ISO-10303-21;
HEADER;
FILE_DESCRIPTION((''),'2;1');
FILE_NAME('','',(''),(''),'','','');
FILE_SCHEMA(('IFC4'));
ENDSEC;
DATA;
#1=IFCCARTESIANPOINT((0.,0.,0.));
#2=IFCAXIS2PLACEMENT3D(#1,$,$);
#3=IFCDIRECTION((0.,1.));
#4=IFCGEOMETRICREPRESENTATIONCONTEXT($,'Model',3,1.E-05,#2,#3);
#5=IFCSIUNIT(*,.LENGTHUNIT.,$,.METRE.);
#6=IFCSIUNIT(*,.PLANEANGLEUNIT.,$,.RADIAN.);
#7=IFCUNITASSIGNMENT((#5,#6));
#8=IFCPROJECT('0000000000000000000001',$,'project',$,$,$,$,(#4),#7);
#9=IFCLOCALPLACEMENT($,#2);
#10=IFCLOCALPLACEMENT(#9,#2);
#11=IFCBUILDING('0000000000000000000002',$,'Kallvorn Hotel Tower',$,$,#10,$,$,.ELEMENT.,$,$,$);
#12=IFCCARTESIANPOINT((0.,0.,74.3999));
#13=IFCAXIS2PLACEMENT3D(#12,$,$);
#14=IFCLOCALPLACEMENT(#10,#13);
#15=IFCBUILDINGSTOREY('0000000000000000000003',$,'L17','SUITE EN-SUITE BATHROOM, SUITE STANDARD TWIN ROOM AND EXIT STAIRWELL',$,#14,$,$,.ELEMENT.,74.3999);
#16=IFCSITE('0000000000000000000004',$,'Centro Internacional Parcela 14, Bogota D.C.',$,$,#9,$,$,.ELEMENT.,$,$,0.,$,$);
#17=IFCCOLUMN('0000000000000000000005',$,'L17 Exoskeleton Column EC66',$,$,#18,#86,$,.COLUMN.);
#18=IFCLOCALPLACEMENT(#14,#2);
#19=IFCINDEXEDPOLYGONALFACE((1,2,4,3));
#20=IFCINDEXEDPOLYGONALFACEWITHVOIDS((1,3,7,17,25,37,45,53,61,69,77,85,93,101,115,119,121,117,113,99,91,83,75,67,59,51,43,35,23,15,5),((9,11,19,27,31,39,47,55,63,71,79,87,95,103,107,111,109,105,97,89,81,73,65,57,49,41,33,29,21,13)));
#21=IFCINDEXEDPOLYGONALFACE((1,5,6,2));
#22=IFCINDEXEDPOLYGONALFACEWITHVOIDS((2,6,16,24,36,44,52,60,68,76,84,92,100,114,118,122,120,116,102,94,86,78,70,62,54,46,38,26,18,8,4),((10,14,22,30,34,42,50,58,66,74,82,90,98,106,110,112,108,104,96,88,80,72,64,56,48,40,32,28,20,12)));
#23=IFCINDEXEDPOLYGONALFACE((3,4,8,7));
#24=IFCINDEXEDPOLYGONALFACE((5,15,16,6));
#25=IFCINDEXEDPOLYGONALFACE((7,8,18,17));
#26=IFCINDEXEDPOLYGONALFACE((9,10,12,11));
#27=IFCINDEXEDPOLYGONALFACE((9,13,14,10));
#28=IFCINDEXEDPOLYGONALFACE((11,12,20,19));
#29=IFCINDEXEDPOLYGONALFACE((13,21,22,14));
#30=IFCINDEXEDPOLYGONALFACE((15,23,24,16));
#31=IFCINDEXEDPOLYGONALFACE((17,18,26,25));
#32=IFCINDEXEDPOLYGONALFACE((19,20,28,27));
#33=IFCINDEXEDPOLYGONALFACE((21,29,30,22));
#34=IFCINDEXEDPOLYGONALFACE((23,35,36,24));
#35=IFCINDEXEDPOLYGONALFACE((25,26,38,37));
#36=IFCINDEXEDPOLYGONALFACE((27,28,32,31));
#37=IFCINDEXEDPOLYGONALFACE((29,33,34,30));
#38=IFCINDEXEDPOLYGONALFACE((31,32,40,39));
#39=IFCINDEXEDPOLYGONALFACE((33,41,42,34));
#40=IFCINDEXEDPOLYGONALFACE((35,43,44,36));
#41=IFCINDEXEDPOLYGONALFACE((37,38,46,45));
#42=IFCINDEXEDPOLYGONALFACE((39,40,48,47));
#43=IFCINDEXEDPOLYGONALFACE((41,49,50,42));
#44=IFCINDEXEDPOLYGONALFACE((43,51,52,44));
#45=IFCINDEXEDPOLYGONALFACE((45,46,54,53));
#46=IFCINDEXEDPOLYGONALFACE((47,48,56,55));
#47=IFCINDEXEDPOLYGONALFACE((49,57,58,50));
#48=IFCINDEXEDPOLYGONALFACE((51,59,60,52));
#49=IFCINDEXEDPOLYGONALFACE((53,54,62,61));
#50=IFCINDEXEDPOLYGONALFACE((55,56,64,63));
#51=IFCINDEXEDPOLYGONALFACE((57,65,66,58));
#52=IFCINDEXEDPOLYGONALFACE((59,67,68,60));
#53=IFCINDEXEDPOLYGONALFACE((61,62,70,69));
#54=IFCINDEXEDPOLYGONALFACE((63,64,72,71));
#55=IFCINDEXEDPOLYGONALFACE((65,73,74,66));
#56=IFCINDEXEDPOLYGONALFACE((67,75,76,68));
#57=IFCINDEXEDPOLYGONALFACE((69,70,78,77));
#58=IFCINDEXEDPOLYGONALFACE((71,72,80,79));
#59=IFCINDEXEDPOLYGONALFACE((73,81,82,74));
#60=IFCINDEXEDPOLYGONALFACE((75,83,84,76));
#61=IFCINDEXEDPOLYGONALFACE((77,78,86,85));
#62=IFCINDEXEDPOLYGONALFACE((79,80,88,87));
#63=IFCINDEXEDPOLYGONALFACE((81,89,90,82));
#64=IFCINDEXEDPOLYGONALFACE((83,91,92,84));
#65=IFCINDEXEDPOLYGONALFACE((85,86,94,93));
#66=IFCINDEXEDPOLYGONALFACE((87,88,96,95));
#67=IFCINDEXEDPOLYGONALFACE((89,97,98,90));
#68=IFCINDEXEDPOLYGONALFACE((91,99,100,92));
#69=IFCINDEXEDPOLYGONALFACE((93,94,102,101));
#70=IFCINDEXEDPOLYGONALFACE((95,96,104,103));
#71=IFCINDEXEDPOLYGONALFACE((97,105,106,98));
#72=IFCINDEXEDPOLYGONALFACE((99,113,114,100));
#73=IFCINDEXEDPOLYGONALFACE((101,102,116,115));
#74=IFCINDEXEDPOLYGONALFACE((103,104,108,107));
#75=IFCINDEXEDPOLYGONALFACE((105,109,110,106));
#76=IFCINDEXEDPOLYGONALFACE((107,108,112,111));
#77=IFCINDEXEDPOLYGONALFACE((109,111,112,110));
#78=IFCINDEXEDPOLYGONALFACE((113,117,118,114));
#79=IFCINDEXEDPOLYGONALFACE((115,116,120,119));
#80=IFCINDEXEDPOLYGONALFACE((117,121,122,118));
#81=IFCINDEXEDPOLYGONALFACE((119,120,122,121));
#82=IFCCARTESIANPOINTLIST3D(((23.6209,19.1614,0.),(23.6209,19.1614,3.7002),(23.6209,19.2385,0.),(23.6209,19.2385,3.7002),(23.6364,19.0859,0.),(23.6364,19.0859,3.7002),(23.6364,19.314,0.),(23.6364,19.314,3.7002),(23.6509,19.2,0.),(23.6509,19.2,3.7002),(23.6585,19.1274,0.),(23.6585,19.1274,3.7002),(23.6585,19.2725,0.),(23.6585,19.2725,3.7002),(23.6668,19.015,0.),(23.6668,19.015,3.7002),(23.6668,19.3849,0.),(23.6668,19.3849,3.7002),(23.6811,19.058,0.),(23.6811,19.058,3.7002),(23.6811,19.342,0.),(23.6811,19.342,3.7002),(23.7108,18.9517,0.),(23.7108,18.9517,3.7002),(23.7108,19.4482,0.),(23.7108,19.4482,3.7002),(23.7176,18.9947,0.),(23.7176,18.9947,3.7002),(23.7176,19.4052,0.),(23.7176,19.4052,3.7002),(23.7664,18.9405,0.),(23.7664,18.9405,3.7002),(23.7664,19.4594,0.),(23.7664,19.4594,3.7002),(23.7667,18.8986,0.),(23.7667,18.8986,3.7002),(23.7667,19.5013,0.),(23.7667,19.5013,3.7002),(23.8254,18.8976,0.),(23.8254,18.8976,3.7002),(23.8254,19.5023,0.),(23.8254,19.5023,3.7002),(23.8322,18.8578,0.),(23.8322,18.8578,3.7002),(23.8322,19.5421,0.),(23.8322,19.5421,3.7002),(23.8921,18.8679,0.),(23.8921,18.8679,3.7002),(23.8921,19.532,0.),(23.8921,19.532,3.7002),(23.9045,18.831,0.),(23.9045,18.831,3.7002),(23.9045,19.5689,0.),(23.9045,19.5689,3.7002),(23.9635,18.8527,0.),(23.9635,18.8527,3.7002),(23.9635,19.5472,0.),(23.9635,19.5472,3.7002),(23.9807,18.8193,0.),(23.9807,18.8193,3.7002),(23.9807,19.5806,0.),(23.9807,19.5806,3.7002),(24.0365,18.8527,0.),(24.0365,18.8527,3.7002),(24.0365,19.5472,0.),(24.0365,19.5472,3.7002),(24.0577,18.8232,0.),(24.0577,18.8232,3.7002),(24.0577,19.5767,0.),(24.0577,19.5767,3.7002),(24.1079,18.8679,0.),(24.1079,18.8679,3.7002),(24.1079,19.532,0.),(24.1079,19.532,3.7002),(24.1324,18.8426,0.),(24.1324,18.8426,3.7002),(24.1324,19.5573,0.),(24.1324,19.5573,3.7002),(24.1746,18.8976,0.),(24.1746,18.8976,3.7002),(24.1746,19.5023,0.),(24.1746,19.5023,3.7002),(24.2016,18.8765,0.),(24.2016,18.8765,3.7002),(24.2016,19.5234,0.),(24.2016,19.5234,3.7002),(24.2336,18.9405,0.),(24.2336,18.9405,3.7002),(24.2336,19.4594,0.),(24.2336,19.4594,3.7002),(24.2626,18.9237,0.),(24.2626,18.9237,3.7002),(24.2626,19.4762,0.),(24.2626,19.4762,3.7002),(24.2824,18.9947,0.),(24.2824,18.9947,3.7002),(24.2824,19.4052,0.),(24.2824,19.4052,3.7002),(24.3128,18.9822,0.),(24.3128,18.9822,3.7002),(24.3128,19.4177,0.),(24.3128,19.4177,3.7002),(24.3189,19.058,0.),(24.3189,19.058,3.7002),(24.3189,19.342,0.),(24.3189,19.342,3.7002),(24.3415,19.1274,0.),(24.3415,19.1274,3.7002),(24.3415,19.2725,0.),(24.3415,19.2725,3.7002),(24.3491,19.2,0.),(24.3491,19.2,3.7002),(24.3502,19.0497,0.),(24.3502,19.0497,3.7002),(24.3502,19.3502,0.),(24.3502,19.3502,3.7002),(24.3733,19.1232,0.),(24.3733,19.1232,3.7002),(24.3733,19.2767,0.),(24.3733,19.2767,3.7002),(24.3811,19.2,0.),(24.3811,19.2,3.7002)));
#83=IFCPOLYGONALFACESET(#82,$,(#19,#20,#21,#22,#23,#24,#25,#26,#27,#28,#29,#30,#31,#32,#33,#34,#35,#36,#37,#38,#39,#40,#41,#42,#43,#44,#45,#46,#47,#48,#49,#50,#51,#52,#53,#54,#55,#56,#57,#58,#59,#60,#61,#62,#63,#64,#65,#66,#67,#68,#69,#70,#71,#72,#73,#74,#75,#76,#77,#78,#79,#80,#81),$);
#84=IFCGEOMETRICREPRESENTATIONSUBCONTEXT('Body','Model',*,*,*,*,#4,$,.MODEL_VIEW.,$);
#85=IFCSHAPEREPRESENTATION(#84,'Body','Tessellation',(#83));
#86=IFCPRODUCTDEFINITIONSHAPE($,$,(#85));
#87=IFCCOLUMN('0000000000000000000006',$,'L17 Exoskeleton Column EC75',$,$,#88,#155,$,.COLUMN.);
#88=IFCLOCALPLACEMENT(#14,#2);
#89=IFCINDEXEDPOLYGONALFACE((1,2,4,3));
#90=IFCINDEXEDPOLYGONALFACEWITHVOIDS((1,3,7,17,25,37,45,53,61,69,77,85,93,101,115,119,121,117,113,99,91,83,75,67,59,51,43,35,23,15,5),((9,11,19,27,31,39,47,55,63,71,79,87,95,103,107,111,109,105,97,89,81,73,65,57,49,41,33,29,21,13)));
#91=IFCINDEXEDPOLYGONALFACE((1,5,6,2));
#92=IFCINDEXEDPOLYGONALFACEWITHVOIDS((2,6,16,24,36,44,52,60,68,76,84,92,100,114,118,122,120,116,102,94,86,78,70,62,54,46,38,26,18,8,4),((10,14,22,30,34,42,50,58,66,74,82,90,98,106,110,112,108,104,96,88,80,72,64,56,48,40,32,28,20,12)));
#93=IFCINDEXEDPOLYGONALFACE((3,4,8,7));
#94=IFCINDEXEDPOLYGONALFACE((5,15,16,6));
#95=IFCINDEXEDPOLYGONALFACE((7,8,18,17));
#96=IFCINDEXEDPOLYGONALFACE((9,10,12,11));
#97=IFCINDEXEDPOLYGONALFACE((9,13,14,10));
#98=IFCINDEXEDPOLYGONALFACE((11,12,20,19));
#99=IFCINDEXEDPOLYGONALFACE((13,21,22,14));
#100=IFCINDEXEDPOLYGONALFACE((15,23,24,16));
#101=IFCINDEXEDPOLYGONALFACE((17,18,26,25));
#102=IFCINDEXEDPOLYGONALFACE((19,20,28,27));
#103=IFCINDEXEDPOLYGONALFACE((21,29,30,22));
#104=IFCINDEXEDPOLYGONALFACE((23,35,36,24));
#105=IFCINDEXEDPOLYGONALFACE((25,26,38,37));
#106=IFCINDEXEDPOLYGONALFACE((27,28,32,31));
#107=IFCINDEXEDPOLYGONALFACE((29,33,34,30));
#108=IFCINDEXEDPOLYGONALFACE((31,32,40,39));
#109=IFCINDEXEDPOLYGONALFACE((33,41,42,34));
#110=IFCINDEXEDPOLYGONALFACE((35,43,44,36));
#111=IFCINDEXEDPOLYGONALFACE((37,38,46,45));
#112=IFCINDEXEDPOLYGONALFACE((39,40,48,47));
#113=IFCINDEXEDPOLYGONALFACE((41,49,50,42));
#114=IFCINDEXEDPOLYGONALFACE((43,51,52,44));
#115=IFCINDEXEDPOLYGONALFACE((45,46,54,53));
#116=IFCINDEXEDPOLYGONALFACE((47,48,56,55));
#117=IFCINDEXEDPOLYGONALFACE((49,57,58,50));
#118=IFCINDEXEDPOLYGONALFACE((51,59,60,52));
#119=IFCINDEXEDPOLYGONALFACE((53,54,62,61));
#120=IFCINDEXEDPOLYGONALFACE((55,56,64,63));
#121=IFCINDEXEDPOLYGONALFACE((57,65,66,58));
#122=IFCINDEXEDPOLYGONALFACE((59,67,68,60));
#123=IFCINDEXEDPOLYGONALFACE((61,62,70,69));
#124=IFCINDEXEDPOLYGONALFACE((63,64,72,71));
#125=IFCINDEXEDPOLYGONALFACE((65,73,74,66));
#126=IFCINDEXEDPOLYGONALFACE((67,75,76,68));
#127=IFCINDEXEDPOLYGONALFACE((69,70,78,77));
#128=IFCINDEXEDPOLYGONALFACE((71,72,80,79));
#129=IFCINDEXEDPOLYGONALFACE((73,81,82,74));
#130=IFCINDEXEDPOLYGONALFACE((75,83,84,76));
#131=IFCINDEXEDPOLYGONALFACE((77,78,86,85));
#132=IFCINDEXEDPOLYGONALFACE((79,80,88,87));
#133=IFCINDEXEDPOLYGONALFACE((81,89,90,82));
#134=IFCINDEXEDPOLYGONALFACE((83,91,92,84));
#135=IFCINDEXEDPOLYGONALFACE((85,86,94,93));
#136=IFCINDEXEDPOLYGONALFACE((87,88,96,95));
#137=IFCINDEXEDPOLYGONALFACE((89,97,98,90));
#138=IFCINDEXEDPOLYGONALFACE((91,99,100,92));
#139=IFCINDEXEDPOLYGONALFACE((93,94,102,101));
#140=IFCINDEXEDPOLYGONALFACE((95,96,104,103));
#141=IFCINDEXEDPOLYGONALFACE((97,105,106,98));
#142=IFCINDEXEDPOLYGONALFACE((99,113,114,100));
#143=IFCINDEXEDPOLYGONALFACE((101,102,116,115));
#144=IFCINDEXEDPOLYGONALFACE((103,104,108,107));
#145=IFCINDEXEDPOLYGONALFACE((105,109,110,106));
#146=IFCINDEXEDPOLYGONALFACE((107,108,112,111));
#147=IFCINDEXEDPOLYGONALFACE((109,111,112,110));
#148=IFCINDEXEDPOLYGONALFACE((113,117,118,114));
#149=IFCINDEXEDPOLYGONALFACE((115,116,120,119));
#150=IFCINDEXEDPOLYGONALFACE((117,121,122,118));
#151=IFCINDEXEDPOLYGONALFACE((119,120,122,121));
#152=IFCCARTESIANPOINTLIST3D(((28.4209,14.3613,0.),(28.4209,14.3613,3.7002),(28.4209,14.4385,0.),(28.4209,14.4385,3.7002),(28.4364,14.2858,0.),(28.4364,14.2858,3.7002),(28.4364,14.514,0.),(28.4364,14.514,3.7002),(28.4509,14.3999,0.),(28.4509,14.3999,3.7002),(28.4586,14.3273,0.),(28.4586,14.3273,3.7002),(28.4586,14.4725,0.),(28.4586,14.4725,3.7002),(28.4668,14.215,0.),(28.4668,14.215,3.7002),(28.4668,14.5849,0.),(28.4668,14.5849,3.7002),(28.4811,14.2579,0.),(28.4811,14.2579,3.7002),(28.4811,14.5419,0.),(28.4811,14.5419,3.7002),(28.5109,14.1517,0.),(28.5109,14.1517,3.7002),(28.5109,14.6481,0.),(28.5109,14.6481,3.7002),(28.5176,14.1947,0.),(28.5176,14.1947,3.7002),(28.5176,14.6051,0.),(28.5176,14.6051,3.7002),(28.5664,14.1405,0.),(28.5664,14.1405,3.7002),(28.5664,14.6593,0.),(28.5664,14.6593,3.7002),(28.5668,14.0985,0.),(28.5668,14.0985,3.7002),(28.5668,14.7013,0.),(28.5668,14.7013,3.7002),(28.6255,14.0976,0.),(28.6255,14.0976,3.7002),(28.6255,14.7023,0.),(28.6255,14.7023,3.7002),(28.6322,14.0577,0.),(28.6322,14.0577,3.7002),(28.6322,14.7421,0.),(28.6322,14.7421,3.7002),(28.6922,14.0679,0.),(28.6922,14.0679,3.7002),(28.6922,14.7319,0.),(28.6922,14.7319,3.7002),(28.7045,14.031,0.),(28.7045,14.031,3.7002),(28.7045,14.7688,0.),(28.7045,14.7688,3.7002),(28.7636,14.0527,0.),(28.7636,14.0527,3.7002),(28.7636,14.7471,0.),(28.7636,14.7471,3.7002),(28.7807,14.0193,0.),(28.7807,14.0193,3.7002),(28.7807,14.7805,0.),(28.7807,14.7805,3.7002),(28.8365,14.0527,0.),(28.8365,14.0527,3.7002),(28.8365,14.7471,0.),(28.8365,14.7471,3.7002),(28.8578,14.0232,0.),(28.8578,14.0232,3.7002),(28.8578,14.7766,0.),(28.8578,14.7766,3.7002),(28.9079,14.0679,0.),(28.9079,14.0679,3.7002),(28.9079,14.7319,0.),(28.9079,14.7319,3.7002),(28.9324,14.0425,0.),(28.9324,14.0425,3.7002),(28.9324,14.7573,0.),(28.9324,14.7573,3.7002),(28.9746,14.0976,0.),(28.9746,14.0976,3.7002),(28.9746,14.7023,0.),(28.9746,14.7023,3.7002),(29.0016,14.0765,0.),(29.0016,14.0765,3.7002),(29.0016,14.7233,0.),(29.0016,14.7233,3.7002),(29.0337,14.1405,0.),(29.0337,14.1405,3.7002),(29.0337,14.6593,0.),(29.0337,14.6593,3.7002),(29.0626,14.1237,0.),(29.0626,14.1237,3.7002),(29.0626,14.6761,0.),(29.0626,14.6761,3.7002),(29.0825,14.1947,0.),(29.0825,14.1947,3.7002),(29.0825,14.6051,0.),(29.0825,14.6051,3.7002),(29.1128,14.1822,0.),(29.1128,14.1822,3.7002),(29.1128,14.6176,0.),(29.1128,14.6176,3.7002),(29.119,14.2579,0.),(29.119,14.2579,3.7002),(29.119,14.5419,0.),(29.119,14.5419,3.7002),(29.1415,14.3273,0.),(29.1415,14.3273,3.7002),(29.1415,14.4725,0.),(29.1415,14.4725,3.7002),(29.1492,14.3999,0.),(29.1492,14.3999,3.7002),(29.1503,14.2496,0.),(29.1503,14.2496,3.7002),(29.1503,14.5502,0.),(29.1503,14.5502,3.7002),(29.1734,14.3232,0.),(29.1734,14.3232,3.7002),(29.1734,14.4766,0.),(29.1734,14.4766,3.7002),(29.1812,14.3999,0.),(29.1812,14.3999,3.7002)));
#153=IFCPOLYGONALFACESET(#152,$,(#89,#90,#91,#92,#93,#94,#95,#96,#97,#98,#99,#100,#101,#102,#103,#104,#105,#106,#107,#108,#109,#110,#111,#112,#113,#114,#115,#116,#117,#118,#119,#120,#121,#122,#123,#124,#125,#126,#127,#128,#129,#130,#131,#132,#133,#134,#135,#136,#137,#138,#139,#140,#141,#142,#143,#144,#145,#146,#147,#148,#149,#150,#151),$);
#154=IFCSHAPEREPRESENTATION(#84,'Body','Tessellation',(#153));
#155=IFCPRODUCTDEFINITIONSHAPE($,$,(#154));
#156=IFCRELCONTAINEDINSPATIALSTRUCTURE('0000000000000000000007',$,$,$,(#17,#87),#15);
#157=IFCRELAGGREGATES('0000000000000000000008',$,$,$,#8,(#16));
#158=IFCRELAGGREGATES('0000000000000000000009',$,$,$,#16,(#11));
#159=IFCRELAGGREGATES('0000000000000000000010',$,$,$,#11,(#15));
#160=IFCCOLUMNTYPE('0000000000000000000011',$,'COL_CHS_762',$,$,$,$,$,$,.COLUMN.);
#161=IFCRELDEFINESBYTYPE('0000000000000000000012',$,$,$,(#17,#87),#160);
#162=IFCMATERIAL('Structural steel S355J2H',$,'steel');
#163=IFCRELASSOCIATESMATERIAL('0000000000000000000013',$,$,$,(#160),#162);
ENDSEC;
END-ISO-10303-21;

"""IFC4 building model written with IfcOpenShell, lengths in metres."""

from ifc_helpers import new_model, si_unit, direction, frame, origin, origin_2d, place, context, subcontext, project, spatial, hollow_circle, extrude, material, material_profile, profile_set, type_object, element, save


model = new_model("IFC4")

# Units and contexts
model_context = context("Model", 3, precision=1e-05, world=origin(), true_north=direction((0.0, 1.0)))
body_context = subcontext(model_context, "Body", "Model", "MODEL_VIEW")
ifc_project = project(units=[si_unit("LENGTHUNIT", "METRE"), si_unit("PLANEANGLEUNIT", "RADIAN")], contexts=[model_context])

# Site, building, storey
site_placement = place(None, origin())
site = spatial("IfcSite", under=ifc_project, at=site_placement, Name="Centro Internacional Parcela 14, Bogota D.C.", CompositionType="ELEMENT", RefElevation=0.0)
building_placement = place(site_placement, origin())
building = spatial("IfcBuilding", under=site, at=building_placement, Name="Kallvorn Hotel Tower", CompositionType="ELEMENT")
storey_placement = place(building_placement, frame((0.0, 0.0, 74.3999)))
storey = spatial("IfcBuildingStorey", under=building, at=storey_placement, Name="L17", Description="SUITE EN-SUITE BATHROOM, SUITE STANDARD TWIN ROOM AND EXIT STAIRWELL", CompositionType="ELEMENT", Elevation=74.3999)

# Columns
ifc_material_1 = material(Name="Structural steel S355J2H", Category="steel")
ifc_material_profile_1 = material_profile(ifc_material_1, hollow_circle(Radius=0.3811, WallThickness=0.032, at=origin_2d()), Name="CHS 762x32")
ifc_profile_set_1 = profile_set([ifc_material_profile_1], Name="Structural steel S355J2H")
column_type_1 = type_object("IfcColumnType", Name="COL_CHS_762", PredefinedType="COLUMN", material=ifc_profile_set_1)
for number, where, z_axis, x_axis, name in (
    (1, (24.0, 19.2, 0.0), (0.0, 0.0, 1.0), (1.0, 0.0, 0.0), "L17 Exoskeleton Column EC66"),
    (2, (28.8, 14.3999, 0.0), (0.0, 0.0, 1.0), (1.0, 0.0, 0.0), "L17 Exoskeleton Column EC75"),
):
    element("IfcColumn", number, at=place(storey_placement, frame(where, z_axis=z_axis, x_axis=x_axis)), inside=storey, type_object=column_type_1, Name=name, PredefinedType="COLUMN", context=body_context, shape_type="SweptSolid", body=[
        extrude(hollow_circle(Radius=0.3811, WallThickness=0.032, at=origin_2d()), origin(), (0.0, 0.0, 1.0), 3.7002),
    ])

save(model, "model.ifc")
